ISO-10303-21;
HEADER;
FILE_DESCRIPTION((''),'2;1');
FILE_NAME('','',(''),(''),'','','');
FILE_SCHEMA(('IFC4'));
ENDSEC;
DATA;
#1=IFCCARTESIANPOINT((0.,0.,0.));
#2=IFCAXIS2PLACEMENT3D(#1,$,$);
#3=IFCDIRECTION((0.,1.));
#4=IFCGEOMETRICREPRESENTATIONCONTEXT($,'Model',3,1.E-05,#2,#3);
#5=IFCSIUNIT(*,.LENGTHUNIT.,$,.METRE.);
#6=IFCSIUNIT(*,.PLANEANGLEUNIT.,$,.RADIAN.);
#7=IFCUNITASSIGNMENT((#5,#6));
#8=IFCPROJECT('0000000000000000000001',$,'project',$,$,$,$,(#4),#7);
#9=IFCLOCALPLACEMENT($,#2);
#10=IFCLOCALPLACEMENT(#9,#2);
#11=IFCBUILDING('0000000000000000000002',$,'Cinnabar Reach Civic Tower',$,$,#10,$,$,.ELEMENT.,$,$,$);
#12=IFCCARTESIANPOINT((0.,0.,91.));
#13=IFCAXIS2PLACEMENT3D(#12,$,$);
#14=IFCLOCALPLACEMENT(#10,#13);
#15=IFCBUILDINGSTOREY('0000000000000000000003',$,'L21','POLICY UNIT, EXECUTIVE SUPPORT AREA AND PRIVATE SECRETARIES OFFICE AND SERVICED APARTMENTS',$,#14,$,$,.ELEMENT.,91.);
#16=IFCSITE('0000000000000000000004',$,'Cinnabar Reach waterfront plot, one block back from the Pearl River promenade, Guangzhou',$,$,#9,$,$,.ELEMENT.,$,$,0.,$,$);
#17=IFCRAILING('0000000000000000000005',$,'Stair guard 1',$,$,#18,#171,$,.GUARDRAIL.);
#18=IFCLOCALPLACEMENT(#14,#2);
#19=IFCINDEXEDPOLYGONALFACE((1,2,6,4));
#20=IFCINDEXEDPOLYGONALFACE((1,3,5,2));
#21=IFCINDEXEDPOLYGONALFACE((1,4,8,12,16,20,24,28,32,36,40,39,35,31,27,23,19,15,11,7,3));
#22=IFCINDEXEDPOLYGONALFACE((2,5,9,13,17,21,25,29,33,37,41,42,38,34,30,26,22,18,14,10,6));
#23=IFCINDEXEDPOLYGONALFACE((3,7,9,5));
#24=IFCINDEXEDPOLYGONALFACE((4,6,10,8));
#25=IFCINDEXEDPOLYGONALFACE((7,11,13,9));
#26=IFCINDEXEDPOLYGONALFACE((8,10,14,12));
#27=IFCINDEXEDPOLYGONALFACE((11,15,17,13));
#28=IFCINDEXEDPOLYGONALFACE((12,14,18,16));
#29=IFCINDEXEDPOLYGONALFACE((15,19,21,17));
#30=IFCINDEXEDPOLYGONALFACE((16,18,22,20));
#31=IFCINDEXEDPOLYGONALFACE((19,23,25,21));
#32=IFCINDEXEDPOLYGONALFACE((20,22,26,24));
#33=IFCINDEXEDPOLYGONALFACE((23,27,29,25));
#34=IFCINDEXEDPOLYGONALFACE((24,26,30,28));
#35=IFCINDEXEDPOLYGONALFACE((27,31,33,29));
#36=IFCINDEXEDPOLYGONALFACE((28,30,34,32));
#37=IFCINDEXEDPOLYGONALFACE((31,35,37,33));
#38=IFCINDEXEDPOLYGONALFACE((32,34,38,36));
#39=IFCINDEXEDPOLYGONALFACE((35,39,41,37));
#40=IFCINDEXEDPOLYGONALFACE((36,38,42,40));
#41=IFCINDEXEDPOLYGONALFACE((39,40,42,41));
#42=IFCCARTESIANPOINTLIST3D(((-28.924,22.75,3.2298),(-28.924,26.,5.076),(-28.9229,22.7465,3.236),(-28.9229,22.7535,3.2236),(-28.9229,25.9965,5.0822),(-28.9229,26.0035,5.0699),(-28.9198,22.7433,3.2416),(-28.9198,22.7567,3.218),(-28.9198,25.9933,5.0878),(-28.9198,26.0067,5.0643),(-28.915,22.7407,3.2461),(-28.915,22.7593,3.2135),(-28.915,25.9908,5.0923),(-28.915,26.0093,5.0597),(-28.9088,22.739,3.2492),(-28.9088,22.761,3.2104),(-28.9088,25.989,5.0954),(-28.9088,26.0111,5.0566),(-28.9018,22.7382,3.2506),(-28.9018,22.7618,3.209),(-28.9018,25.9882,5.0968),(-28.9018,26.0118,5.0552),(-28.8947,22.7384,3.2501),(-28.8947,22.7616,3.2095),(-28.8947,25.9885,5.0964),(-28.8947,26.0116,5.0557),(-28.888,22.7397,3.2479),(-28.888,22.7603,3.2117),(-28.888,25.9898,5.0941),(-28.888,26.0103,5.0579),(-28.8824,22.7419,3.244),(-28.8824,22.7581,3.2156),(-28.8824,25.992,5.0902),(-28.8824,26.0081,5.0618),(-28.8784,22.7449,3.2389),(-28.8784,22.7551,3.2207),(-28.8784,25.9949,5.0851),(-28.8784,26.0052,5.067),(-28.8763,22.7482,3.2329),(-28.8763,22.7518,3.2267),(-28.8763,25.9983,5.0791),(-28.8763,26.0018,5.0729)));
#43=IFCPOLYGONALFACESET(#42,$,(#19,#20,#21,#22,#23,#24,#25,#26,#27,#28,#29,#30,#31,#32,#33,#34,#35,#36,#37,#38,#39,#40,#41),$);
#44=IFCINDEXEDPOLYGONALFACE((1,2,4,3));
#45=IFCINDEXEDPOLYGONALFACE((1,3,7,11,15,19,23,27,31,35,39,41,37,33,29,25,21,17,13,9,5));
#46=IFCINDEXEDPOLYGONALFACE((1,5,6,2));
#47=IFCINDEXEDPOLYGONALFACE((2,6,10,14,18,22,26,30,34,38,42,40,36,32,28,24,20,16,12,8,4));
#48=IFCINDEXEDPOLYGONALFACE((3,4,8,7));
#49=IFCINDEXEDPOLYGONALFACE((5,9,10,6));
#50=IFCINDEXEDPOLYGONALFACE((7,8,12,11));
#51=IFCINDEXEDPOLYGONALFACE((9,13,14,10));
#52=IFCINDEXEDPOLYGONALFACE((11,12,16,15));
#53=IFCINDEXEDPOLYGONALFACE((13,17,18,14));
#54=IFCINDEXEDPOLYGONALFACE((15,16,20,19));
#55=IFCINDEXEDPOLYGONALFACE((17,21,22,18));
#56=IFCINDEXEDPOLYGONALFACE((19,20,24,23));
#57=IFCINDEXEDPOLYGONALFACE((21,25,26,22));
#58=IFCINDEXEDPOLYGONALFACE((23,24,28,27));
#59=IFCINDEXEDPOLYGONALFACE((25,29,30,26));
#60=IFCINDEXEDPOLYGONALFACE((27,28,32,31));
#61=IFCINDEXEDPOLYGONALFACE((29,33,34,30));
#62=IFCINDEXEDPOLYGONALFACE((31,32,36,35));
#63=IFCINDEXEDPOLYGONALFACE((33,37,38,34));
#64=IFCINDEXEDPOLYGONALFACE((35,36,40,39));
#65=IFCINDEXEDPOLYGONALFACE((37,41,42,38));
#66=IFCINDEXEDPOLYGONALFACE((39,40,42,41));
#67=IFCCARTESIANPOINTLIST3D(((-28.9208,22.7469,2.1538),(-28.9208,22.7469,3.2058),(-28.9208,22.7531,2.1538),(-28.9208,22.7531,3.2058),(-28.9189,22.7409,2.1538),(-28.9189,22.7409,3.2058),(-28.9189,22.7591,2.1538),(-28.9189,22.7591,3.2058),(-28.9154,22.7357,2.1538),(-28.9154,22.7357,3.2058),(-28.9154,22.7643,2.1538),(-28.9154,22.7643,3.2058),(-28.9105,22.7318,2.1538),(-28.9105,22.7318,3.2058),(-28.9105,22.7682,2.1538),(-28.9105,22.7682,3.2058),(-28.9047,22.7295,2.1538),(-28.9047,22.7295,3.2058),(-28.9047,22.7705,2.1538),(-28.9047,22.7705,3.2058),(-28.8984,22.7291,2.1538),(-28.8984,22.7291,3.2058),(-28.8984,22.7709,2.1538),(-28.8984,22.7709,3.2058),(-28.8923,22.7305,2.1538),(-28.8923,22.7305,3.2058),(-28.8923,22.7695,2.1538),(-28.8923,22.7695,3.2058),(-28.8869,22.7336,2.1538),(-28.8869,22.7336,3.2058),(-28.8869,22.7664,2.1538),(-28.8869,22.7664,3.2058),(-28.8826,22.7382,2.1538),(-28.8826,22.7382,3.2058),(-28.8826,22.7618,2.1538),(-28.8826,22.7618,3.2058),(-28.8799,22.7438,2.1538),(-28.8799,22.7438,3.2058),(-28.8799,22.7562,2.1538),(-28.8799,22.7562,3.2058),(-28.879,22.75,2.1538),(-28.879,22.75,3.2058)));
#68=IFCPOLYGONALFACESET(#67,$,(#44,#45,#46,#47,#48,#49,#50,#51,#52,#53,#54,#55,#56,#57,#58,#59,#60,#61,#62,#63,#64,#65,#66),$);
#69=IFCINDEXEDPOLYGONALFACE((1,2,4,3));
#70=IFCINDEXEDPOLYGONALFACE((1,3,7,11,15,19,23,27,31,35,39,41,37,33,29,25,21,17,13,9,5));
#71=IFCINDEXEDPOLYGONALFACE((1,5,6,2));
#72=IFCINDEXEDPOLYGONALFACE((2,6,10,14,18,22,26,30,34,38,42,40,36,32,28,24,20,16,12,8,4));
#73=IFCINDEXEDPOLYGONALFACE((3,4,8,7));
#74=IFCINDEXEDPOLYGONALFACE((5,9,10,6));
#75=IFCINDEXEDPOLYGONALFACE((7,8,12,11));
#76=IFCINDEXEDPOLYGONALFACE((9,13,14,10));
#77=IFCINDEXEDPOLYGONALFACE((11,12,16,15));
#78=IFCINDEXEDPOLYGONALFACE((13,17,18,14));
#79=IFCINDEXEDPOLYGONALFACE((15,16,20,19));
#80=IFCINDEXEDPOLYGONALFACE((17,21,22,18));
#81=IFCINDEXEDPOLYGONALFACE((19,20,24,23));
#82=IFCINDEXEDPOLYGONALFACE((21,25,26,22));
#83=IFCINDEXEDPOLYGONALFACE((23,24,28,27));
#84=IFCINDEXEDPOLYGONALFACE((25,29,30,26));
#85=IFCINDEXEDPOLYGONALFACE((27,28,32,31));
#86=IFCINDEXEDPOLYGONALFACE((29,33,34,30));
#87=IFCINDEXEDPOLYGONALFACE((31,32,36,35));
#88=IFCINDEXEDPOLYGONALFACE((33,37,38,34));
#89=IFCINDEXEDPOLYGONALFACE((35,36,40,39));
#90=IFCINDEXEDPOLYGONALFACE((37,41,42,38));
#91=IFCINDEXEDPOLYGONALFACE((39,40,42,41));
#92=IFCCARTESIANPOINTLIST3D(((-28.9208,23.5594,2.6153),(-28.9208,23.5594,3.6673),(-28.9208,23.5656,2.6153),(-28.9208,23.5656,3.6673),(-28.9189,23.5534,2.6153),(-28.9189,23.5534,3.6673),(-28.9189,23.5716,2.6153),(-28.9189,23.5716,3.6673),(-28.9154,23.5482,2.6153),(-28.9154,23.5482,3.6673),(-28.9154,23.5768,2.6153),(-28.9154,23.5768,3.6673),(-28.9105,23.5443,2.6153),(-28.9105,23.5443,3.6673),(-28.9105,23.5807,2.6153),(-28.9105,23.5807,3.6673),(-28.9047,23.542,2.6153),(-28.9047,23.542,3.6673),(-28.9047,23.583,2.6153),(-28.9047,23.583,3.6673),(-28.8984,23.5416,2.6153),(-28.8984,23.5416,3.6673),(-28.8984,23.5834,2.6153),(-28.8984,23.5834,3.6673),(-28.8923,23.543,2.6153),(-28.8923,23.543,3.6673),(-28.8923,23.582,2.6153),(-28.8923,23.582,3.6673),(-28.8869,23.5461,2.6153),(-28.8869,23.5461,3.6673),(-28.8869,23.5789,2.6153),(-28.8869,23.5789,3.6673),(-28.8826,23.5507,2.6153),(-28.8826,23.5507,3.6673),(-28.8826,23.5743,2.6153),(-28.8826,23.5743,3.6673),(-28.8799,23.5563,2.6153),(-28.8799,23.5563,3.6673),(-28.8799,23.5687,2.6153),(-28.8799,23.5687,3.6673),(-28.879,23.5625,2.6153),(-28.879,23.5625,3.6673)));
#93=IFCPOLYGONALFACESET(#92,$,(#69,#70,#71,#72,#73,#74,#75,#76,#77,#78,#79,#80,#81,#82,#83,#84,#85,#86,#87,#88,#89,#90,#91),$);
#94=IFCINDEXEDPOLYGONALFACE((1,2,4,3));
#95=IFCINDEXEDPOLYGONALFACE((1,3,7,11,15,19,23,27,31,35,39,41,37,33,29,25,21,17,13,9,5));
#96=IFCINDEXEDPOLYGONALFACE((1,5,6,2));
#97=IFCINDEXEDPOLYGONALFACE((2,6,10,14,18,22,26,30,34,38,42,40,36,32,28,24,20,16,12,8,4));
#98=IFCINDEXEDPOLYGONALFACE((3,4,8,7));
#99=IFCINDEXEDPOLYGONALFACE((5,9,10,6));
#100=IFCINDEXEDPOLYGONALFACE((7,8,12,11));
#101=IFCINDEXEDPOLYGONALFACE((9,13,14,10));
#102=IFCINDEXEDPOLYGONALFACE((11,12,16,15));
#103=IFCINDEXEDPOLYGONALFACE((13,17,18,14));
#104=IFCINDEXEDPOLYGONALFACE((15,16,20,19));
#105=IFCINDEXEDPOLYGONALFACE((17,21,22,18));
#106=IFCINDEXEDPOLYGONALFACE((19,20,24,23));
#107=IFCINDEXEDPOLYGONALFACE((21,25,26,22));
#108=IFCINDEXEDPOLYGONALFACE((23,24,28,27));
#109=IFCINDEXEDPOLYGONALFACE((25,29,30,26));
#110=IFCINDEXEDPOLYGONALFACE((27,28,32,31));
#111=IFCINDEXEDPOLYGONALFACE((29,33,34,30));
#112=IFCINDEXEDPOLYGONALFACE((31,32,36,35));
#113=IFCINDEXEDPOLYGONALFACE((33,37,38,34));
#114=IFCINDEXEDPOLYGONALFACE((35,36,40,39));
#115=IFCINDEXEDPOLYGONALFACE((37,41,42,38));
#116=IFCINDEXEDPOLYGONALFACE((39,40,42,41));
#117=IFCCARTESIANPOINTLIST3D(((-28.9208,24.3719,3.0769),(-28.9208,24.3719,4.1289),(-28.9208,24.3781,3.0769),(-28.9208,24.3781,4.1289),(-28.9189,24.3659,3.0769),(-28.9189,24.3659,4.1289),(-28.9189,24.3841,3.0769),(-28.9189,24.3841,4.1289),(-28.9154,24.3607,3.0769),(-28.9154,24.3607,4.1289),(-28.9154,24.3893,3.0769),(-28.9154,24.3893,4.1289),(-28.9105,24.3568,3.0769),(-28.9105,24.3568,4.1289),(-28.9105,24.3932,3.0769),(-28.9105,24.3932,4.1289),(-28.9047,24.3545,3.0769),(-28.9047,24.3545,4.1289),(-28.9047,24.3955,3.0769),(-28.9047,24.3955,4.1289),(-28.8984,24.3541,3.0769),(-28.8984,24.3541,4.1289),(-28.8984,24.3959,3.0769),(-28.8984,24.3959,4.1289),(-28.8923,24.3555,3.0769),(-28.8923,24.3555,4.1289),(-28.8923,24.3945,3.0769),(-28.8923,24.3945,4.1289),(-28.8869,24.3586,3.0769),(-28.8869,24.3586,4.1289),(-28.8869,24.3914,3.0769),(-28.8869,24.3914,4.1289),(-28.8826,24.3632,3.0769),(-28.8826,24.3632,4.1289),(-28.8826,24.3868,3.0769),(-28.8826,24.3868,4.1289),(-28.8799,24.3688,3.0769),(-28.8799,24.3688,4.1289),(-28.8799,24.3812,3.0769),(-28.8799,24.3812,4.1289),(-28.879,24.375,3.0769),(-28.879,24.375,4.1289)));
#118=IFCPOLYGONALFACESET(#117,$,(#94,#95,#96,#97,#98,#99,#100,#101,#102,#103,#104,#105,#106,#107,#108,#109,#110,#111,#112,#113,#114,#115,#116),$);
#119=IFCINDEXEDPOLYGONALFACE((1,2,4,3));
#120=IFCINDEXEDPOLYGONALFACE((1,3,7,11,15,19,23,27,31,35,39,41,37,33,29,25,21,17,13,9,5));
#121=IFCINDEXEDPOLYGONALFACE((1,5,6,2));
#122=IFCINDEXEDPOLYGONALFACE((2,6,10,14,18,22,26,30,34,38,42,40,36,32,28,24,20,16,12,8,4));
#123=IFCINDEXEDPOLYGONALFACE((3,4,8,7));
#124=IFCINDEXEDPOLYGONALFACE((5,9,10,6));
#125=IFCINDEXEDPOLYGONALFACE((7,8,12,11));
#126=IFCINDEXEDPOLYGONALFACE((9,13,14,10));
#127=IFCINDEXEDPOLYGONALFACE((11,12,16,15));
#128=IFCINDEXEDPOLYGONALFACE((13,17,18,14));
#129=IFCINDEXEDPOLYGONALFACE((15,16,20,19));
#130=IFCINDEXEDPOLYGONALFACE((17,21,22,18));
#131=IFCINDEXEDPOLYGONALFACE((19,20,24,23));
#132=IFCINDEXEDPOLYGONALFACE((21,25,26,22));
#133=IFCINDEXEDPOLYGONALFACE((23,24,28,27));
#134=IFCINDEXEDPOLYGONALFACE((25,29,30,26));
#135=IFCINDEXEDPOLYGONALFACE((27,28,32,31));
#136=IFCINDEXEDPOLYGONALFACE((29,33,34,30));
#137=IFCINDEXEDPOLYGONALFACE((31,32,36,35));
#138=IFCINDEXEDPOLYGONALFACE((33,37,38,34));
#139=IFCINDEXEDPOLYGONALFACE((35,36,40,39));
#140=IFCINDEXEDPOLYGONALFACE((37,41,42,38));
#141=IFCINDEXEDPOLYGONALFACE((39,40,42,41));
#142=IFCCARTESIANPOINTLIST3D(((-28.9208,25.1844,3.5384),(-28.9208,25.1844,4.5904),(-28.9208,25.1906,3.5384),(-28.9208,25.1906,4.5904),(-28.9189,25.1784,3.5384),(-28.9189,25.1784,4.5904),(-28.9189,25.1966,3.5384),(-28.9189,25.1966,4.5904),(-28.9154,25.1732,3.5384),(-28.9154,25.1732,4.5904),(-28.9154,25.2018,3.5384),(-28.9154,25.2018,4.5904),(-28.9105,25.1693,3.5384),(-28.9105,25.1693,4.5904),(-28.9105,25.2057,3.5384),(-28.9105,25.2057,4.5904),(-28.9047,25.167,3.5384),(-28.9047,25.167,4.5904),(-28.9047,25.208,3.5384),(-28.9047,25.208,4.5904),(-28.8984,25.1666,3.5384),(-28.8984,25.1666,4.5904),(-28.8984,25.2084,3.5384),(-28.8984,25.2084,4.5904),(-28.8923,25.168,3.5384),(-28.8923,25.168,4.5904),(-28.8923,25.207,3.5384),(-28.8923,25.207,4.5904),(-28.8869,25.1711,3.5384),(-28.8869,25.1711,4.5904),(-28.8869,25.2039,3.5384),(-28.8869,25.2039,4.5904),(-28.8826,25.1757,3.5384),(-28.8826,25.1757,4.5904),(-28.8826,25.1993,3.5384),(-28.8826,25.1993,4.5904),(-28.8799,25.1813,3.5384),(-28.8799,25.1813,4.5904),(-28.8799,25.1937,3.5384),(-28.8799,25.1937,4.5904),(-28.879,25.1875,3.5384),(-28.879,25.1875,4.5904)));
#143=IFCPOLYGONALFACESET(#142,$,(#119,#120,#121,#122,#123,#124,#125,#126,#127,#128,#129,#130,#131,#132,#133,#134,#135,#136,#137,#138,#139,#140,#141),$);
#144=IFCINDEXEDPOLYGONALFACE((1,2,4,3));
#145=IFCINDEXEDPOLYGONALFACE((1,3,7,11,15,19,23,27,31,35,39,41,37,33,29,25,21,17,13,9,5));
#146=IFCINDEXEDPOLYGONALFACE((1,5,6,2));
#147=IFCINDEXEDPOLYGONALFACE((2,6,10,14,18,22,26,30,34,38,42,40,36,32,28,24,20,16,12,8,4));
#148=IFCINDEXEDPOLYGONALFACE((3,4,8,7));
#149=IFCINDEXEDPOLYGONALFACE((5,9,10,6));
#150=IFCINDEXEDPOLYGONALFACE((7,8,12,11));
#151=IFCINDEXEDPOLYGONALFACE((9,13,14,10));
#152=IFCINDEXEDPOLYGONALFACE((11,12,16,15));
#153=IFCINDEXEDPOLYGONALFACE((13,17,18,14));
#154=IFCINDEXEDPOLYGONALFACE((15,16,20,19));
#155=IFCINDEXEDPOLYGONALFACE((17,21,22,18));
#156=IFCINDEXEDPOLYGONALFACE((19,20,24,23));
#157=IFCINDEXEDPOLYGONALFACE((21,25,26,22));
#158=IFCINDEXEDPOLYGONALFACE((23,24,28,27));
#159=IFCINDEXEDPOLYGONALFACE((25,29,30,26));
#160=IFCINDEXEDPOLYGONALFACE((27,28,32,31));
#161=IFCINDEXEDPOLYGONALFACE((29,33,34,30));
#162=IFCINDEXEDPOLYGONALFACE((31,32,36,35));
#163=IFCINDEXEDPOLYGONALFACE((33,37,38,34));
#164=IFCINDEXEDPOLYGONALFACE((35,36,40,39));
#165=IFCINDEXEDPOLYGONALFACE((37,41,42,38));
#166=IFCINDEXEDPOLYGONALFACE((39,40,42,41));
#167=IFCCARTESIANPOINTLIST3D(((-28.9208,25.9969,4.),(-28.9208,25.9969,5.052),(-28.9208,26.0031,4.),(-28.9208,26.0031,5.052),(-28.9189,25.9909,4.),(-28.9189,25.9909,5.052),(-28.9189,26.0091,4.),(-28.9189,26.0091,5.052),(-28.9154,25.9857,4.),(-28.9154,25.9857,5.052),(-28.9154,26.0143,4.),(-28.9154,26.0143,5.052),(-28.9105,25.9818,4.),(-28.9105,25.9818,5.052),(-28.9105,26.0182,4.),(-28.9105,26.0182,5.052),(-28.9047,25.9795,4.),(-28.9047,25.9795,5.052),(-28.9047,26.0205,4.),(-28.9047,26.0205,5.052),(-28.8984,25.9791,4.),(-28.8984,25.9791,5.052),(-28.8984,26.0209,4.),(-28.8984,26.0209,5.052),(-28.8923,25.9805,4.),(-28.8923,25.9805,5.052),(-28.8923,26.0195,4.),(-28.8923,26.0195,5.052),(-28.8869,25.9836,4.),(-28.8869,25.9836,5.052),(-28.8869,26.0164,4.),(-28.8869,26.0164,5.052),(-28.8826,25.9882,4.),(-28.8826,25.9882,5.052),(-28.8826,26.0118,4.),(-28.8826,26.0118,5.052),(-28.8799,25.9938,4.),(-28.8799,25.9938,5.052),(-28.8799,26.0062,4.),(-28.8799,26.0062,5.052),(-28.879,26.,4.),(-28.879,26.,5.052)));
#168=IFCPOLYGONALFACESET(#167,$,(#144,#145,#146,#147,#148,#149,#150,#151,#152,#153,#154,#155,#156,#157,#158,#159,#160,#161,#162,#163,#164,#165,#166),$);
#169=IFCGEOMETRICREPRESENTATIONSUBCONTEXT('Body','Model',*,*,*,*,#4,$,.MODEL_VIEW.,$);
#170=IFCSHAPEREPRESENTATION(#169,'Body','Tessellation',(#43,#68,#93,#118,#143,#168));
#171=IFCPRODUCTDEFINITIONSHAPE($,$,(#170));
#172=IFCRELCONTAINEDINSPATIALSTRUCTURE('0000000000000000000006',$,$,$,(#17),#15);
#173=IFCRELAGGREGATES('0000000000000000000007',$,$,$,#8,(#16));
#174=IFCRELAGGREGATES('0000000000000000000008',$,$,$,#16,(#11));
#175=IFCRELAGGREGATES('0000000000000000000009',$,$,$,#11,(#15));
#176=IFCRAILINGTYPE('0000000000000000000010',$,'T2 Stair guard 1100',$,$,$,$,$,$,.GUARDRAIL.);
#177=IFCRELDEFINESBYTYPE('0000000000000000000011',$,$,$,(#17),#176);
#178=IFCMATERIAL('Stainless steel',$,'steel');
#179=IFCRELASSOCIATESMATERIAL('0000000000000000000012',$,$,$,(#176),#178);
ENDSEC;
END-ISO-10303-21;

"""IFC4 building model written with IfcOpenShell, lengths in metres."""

from ifc_helpers import new_model, si_unit, direction, frame, origin, origin_2d, place, context, subcontext, project, spatial, circle, extrude, material, type_object, element, save


model = new_model("IFC4")

# Units and contexts
model_context = context("Model", 3, precision=1e-05, world=origin(), true_north=direction((0.0, 1.0)))
body_context = subcontext(model_context, "Body", "Model", "MODEL_VIEW")
ifc_project = project(units=[si_unit("LENGTHUNIT", "METRE"), si_unit("PLANEANGLEUNIT", "RADIAN")], contexts=[model_context])

# Site, building, storey
site_placement = place(None, origin())
site = spatial("IfcSite", under=ifc_project, at=site_placement, Name="Cinnabar Reach waterfront plot, one block back from the Pearl River promenade, Guangzhou", CompositionType="ELEMENT", RefElevation=0.0)
building_placement = place(site_placement, origin())
building = spatial("IfcBuilding", under=site, at=building_placement, Name="Cinnabar Reach Civic Tower", CompositionType="ELEMENT")
storey_placement = place(building_placement, frame((0.0, 0.0, 91.0)))
storey = spatial("IfcBuildingStorey", under=building, at=storey_placement, Name="L21", Description="POLICY UNIT, EXECUTIVE SUPPORT AREA AND PRIVATE SECRETARIES OFFICE AND SERVICED APARTMENTS", CompositionType="ELEMENT", Elevation=91.0)

# Railing
ifc_material_1 = material(Name="Stainless steel", Category="steel")
railing_type = type_object("IfcRailingType", Name="T2 Stair guard 1100", PredefinedType="GUARDRAIL", material=ifc_material_1)
railing_1_placement = place(storey_placement, frame((-28.9, 22.75, 2.1538)))
element("IfcRailing", 1, at=railing_1_placement, inside=storey, type_object=railing_type, Name="Stair guard 1", PredefinedType="GUARDRAIL", context=body_context, shape_type="SweptSolid", body=[
    extrude(circle(Radius=0.024, at=origin_2d()), frame((0.0, 0.0, 1.076), z_axis=(0.0, 0.869501, 0.49393), x_axis=(-1.0, 0.0, 0.0)), (0.0, 0.0, 1.0), 3.7378),
    extrude(circle(Radius=0.021, at=origin_2d()), origin(), (0.0, 0.0, 1.0), 1.052),
    extrude(circle(Radius=0.021, at=origin_2d()), frame((0.0, 0.8125, 0.4615)), (0.0, 0.0, 1.0), 1.052),
    extrude(circle(Radius=0.021, at=origin_2d()), frame((0.0, 1.625, 0.9231)), (0.0, 0.0, 1.0), 1.052),
    extrude(circle(Radius=0.021, at=origin_2d()), frame((0.0, 2.4375, 1.3846)), (0.0, 0.0, 1.0), 1.052),
    extrude(circle(Radius=0.021, at=origin_2d()), frame((0.0, 3.25, 1.8462)), (0.0, 0.0, 1.0), 1.052),
])

save(model, "model.ifc")
